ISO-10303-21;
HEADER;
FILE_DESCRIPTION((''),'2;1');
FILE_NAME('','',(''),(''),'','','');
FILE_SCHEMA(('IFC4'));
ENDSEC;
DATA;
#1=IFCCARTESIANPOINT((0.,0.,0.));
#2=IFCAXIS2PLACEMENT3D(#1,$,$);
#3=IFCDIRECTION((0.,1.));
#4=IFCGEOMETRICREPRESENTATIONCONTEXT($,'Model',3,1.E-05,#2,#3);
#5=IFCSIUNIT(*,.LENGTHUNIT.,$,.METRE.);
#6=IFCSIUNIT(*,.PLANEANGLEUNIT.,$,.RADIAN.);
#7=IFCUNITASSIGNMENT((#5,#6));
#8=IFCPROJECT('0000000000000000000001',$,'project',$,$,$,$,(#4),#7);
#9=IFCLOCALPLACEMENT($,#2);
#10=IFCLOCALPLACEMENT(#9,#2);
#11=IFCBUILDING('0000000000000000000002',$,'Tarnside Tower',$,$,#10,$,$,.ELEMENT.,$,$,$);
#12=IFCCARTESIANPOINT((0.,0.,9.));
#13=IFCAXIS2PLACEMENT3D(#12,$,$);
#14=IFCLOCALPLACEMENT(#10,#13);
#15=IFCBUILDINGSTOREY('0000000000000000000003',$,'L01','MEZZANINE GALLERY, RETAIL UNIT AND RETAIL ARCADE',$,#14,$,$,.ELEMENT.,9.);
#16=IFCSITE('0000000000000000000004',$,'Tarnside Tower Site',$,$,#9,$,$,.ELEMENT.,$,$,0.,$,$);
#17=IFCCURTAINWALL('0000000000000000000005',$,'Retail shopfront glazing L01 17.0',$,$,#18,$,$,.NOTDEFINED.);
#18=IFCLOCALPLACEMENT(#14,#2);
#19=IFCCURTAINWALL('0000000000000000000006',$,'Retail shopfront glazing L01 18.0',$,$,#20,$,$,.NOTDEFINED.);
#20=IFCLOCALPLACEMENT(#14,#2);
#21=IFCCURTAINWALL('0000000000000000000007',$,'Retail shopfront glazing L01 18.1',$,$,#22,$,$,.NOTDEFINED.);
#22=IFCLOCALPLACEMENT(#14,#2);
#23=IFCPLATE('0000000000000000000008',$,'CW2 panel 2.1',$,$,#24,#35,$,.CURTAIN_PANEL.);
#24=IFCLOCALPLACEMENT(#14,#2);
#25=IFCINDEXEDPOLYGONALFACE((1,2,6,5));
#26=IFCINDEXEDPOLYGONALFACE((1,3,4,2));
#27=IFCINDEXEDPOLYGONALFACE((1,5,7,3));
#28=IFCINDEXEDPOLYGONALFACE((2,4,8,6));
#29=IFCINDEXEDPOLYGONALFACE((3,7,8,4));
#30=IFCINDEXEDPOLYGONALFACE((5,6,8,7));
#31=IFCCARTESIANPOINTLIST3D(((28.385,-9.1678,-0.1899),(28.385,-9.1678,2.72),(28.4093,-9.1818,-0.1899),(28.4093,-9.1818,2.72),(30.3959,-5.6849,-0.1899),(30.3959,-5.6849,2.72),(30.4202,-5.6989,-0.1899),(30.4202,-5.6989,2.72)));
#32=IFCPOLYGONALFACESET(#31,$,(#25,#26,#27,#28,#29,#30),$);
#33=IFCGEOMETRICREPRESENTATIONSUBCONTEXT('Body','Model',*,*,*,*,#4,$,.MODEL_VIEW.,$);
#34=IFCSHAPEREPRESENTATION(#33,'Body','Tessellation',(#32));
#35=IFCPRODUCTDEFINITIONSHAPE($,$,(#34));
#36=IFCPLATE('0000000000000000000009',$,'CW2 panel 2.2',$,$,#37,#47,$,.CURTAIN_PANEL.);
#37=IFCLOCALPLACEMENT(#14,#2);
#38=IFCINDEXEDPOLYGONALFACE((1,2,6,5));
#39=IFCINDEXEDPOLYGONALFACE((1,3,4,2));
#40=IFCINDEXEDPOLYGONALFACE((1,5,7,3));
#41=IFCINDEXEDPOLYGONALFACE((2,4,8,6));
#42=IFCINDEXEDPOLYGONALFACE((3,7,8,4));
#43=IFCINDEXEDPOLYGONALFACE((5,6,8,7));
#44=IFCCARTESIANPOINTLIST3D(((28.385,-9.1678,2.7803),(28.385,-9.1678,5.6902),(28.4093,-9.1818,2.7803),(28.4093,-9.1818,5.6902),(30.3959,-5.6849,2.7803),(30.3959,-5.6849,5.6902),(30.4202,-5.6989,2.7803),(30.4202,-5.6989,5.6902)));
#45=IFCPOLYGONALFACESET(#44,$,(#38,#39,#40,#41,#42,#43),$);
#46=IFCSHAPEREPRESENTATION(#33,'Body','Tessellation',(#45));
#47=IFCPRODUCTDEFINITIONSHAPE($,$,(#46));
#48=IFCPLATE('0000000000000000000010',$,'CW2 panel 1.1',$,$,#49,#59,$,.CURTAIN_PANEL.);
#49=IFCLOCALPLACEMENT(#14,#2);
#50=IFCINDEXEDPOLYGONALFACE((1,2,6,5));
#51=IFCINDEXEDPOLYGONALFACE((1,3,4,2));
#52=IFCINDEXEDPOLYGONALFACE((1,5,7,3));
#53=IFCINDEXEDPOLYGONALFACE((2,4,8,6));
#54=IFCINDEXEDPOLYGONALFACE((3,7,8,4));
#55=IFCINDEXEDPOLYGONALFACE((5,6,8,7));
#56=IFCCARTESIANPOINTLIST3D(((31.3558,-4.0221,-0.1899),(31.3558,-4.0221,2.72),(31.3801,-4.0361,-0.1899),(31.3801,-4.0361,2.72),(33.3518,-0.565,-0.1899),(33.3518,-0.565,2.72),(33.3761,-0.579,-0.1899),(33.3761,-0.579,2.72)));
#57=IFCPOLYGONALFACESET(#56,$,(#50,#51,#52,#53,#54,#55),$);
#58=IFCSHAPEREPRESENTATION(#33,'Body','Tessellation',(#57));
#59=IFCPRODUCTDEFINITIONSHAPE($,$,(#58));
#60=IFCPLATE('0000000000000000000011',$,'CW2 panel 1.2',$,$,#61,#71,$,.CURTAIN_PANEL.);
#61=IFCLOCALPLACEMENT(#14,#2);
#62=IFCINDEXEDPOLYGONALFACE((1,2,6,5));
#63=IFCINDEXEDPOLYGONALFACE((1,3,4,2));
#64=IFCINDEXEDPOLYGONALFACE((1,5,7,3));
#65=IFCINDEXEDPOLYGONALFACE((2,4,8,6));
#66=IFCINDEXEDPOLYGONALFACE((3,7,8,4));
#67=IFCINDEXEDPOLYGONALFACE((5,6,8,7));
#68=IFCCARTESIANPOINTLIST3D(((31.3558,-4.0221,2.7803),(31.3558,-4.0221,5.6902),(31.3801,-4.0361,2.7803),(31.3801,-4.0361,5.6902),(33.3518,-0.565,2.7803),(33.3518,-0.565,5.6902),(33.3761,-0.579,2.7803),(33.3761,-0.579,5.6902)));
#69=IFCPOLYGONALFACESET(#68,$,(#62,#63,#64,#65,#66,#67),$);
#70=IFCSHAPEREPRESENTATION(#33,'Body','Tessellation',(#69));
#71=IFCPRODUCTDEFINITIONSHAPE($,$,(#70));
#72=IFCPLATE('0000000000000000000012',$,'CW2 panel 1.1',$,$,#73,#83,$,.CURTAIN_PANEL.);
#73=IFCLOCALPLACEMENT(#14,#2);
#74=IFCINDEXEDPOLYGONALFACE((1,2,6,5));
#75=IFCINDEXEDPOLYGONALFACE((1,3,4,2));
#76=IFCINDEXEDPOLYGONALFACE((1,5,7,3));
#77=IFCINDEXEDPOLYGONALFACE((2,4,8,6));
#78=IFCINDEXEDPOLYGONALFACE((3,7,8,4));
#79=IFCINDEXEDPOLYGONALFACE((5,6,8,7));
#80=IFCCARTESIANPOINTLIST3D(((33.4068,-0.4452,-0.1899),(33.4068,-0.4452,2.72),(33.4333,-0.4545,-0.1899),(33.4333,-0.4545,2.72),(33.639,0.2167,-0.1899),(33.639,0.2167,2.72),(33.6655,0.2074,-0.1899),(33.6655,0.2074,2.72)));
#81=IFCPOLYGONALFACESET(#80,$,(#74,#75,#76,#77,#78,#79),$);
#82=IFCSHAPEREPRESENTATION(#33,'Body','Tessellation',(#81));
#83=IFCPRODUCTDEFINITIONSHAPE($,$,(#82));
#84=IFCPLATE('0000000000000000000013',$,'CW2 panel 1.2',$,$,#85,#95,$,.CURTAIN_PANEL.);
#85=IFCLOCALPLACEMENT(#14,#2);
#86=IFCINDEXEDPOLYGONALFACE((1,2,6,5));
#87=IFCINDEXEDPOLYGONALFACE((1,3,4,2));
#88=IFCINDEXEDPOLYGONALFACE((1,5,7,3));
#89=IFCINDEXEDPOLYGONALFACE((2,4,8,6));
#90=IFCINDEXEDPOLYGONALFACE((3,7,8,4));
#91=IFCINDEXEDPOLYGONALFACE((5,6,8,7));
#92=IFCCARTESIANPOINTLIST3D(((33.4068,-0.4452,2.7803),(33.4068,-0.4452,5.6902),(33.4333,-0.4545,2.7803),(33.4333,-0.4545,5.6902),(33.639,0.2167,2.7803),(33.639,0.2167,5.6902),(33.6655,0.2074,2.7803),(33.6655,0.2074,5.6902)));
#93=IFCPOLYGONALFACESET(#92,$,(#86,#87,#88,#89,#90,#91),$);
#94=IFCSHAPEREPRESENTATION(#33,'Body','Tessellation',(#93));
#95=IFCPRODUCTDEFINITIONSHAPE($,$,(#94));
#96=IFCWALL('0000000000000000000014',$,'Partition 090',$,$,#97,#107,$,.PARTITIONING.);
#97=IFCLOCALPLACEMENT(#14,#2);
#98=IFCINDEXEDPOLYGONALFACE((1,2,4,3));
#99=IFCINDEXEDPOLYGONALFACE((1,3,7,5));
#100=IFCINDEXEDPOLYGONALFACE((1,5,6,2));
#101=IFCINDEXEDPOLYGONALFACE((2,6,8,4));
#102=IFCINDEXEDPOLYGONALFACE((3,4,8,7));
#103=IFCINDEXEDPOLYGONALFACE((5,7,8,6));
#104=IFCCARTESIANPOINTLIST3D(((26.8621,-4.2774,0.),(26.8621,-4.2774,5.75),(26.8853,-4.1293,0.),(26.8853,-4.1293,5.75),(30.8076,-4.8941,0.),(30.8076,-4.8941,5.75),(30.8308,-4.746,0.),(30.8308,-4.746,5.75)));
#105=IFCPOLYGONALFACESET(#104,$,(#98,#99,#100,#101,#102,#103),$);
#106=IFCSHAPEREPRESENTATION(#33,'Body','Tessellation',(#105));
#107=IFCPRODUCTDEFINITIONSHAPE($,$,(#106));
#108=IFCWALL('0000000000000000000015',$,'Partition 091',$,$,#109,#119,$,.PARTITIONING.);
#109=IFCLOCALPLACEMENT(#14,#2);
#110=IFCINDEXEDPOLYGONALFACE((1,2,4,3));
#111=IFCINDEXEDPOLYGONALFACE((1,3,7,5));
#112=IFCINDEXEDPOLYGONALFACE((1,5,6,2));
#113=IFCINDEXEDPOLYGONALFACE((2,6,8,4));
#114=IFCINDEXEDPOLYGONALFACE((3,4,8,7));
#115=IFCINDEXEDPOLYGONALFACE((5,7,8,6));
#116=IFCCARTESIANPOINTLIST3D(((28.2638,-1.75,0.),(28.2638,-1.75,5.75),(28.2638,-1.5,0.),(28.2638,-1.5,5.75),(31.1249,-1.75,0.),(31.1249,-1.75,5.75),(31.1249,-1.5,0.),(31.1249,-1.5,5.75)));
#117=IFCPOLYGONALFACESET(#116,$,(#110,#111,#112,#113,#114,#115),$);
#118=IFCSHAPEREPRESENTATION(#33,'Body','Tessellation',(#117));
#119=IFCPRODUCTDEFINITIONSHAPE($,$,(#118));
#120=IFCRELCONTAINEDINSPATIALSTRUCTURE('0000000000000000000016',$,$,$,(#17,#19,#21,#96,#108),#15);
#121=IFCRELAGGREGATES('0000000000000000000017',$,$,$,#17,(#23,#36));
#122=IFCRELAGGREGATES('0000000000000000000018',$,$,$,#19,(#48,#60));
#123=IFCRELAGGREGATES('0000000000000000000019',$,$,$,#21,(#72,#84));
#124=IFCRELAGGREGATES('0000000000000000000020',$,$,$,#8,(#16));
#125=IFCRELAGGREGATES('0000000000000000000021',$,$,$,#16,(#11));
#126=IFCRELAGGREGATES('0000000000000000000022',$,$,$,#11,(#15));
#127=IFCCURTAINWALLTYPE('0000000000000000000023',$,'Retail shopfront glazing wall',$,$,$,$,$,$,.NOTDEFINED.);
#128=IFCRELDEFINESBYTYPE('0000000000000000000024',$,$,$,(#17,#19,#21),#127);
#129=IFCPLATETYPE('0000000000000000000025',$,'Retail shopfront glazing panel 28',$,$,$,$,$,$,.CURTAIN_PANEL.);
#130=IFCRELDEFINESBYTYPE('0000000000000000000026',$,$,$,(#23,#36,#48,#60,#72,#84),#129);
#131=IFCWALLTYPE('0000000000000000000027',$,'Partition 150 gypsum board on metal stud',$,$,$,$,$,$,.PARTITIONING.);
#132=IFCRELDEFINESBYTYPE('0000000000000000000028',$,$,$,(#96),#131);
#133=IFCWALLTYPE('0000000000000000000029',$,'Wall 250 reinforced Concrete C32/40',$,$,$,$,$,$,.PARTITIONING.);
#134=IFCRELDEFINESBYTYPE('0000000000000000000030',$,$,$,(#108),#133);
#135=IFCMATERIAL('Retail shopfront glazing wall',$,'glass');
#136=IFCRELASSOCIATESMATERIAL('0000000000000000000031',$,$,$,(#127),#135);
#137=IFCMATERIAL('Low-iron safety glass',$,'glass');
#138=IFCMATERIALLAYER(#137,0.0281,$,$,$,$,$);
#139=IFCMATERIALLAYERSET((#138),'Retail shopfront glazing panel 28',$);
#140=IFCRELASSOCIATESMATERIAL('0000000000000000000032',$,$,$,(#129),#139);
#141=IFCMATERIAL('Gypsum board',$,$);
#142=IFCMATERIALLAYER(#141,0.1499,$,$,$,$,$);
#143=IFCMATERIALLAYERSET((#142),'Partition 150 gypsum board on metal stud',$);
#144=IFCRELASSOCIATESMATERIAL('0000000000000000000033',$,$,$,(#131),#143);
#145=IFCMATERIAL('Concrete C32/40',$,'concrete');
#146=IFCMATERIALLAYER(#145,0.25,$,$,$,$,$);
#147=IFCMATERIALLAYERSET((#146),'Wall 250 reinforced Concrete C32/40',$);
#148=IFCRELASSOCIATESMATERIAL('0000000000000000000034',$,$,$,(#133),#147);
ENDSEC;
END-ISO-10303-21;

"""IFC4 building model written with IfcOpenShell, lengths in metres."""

from ifc_helpers import new_model, si_unit, direction, frame, frame_2d, origin, origin_2d, place, context, subcontext, project, spatial, rectangle, extrude, material, layer, layer_set, type_object, element, aggregate, save


model = new_model("IFC4")

# Units and contexts
model_context = context("Model", 3, precision=1e-05, world=origin(), true_north=direction((0.0, 1.0)))
body_context = subcontext(model_context, "Body", "Model", "MODEL_VIEW")
ifc_project = project(units=[si_unit("LENGTHUNIT", "METRE"), si_unit("PLANEANGLEUNIT", "RADIAN")], contexts=[model_context])

# Site, building, storey
site_placement = place(None, origin())
site = spatial("IfcSite", under=ifc_project, at=site_placement, Name="Tarnside Tower Site", CompositionType="ELEMENT", RefElevation=0.0)
building_placement = place(site_placement, origin())
building = spatial("IfcBuilding", under=site, at=building_placement, Name="Tarnside Tower", CompositionType="ELEMENT")
storey_placement = place(building_placement, frame((0.0, 0.0, 9.0)))
storey = spatial("IfcBuildingStorey", under=building, at=storey_placement, Name="L01", Description="MEZZANINE GALLERY, RETAIL UNIT AND RETAIL ARCADE", CompositionType="ELEMENT", Elevation=9.0)

# Curtain wall
ifc_material_1 = material(Name="Retail shopfront glazing wall", Category="glass")
curtain_wall_type = type_object("IfcCurtainWallType", Name="Retail shopfront glazing wall", PredefinedType="NOTDEFINED", material=ifc_material_1)
curtain_wall_1_placement = place(storey_placement, origin())
curtain_wall_1 = element("IfcCurtainWall", 1, at=curtain_wall_1_placement, inside=storey, type_object=curtain_wall_type, Name="Retail shopfront glazing L01 17.0", PredefinedType="NOTDEFINED")

# Curtain wall
curtain_wall_2_placement = place(storey_placement, origin())
curtain_wall_2 = element("IfcCurtainWall", 2, at=curtain_wall_2_placement, inside=storey, type_object=curtain_wall_type, Name="Retail shopfront glazing L01 18.0", PredefinedType="NOTDEFINED")

# Curtain wall
curtain_wall_3_placement = place(storey_placement, origin())
curtain_wall_3 = element("IfcCurtainWall", 3, at=curtain_wall_3_placement, inside=storey, type_object=curtain_wall_type, Name="Retail shopfront glazing L01 18.1", PredefinedType="NOTDEFINED")

# Plates
ifc_material_2 = material(Name="Low-iron safety glass", Category="glass")
ifc_layer_1 = layer(ifc_material_2, 0.0281)
ifc_layer_set_1 = layer_set([ifc_layer_1], Name="Retail shopfront glazing panel 28")
plate_type = type_object("IfcPlateType", Name="Retail shopfront glazing panel 28", PredefinedType="CURTAIN_PANEL", material=ifc_layer_set_1)
plate_1_placement = place(storey_placement, frame((29.4026, -7.4333, -0.1899), z_axis=(0.0, 0.0, 1.0), x_axis=(0.5, 0.866025, 0.0)))
plate_1 = element("IfcPlate", 4, at=plate_1_placement, type_object=plate_type, Name="CW2 panel 2.1", PredefinedType="CURTAIN_PANEL", context=body_context, shape_type="SweptSolid", body=[
    extrude(rectangle(XDim=4.0217, YDim=0.0281, at=origin_2d()), origin(), (0.0, 0.0, 1.0), 2.9099),
])
plate_2_placement = place(storey_placement, frame((29.4026, -7.4333, 2.7803), z_axis=(0.0, 0.0, 1.0), x_axis=(0.5, 0.866025, 0.0)))
plate_2 = element("IfcPlate", 5, at=plate_2_placement, type_object=plate_type, Name="CW2 panel 2.2", PredefinedType="CURTAIN_PANEL", context=body_context, shape_type="SweptSolid", body=[
    extrude(rectangle(XDim=4.0217, YDim=0.0281, at=origin_2d()), origin(), (0.0, 0.0, 1.0), 2.9099),
])
aggregate(curtain_wall_1, [plate_1, plate_2])
plate_3_placement = place(storey_placement, frame((32.366, -2.3005, -0.1899), z_axis=(0.0, 0.0, 1.0), x_axis=(0.5, 0.866025, 0.0)))
plate_3 = element("IfcPlate", 6, at=plate_3_placement, type_object=plate_type, Name="CW2 panel 1.1", PredefinedType="CURTAIN_PANEL", context=body_context, shape_type="SweptSolid", body=[
    extrude(rectangle(XDim=3.9919, YDim=0.0281, at=origin_2d()), origin(), (0.0, 0.0, 1.0), 2.9099),
])
plate_4_placement = place(storey_placement, frame((32.366, -2.3005, 2.7803), z_axis=(0.0, 0.0, 1.0), x_axis=(0.5, 0.866025, 0.0)))
plate_4 = element("IfcPlate", 7, at=plate_4_placement, type_object=plate_type, Name="CW2 panel 1.2", PredefinedType="CURTAIN_PANEL", context=body_context, shape_type="SweptSolid", body=[
    extrude(rectangle(XDim=3.9919, YDim=0.0281, at=origin_2d()), origin(), (0.0, 0.0, 1.0), 2.9099),
])
aggregate(curtain_wall_2, [plate_3, plate_4])
plate_5_placement = place(storey_placement, frame((33.5361, -0.1189, -0.1899), z_axis=(0.0, 0.0, 1.0), x_axis=(0.331063, 0.943609, 0.0)))
plate_5 = element("IfcPlate", 8, at=plate_5_placement, type_object=plate_type, Name="CW2 panel 1.1", PredefinedType="CURTAIN_PANEL", context=body_context, shape_type="SweptSolid", body=[
    extrude(rectangle(XDim=0.7014, YDim=0.0281, at=origin_2d()), origin(), (0.0, 0.0, 1.0), 2.9099),
])
plate_6_placement = place(storey_placement, frame((33.5361, -0.1189, 2.7803), z_axis=(0.0, 0.0, 1.0), x_axis=(0.331063, 0.943609, 0.0)))
plate_6 = element("IfcPlate", 9, at=plate_6_placement, type_object=plate_type, Name="CW2 panel 1.2", PredefinedType="CURTAIN_PANEL", context=body_context, shape_type="SweptSolid", body=[
    extrude(rectangle(XDim=0.7014, YDim=0.0281, at=origin_2d()), origin(), (0.0, 0.0, 1.0), 2.9099),
])
aggregate(curtain_wall_3, [plate_5, plate_6])

# Walls
ifc_material_3 = material(Name="Gypsum board")
ifc_layer_2 = layer(ifc_material_3, 0.1499)
ifc_layer_set_2 = layer_set([ifc_layer_2], Name="Partition 150 gypsum board on metal stud")
wall_type_1 = type_object("IfcWallType", Name="Partition 150 gypsum board on metal stud", PredefinedType="PARTITIONING", material=ifc_layer_set_2)
wall_1_placement = place(storey_placement, frame((30.8191, -4.8201, 0.0), z_axis=(0.0, 0.0, 1.0), x_axis=(-0.988004, 0.154427, 0.0)))
element("IfcWall", 10, at=wall_1_placement, inside=storey, type_object=wall_type_1, Name="Partition 090", PredefinedType="PARTITIONING", context=body_context, shape_type="SweptSolid", body=[
    extrude(rectangle(XDim=3.9934, YDim=0.1499, at=frame_2d((1.9966, 0.0))), origin(), (0.0, 0.0, 1.0), 5.75),
])
ifc_material_4 = material(Name="Concrete C32/40", Category="concrete")
ifc_layer_3 = layer(ifc_material_4, 0.25)
ifc_layer_set_3 = layer_set([ifc_layer_3], Name="Wall 250 reinforced Concrete C32/40")
wall_type_2 = type_object("IfcWallType", Name="Wall 250 reinforced Concrete C32/40", PredefinedType="PARTITIONING", material=ifc_layer_set_3)
wall_2_placement = place(storey_placement, frame((31.125, -1.625, 0.0), z_axis=(0.0, 0.0, 1.0), x_axis=(-1.0, 0.0, 0.0)))
element("IfcWall", 11, at=wall_2_placement, inside=storey, type_object=wall_type_2, Name="Partition 091", PredefinedType="PARTITIONING", context=body_context, shape_type="SweptSolid", body=[
    extrude(rectangle(XDim=2.8611, YDim=0.25, at=frame_2d((1.4307, 0.0))), origin(), (0.0, 0.0, 1.0), 5.75),
])

save(model, "model.ifc")
